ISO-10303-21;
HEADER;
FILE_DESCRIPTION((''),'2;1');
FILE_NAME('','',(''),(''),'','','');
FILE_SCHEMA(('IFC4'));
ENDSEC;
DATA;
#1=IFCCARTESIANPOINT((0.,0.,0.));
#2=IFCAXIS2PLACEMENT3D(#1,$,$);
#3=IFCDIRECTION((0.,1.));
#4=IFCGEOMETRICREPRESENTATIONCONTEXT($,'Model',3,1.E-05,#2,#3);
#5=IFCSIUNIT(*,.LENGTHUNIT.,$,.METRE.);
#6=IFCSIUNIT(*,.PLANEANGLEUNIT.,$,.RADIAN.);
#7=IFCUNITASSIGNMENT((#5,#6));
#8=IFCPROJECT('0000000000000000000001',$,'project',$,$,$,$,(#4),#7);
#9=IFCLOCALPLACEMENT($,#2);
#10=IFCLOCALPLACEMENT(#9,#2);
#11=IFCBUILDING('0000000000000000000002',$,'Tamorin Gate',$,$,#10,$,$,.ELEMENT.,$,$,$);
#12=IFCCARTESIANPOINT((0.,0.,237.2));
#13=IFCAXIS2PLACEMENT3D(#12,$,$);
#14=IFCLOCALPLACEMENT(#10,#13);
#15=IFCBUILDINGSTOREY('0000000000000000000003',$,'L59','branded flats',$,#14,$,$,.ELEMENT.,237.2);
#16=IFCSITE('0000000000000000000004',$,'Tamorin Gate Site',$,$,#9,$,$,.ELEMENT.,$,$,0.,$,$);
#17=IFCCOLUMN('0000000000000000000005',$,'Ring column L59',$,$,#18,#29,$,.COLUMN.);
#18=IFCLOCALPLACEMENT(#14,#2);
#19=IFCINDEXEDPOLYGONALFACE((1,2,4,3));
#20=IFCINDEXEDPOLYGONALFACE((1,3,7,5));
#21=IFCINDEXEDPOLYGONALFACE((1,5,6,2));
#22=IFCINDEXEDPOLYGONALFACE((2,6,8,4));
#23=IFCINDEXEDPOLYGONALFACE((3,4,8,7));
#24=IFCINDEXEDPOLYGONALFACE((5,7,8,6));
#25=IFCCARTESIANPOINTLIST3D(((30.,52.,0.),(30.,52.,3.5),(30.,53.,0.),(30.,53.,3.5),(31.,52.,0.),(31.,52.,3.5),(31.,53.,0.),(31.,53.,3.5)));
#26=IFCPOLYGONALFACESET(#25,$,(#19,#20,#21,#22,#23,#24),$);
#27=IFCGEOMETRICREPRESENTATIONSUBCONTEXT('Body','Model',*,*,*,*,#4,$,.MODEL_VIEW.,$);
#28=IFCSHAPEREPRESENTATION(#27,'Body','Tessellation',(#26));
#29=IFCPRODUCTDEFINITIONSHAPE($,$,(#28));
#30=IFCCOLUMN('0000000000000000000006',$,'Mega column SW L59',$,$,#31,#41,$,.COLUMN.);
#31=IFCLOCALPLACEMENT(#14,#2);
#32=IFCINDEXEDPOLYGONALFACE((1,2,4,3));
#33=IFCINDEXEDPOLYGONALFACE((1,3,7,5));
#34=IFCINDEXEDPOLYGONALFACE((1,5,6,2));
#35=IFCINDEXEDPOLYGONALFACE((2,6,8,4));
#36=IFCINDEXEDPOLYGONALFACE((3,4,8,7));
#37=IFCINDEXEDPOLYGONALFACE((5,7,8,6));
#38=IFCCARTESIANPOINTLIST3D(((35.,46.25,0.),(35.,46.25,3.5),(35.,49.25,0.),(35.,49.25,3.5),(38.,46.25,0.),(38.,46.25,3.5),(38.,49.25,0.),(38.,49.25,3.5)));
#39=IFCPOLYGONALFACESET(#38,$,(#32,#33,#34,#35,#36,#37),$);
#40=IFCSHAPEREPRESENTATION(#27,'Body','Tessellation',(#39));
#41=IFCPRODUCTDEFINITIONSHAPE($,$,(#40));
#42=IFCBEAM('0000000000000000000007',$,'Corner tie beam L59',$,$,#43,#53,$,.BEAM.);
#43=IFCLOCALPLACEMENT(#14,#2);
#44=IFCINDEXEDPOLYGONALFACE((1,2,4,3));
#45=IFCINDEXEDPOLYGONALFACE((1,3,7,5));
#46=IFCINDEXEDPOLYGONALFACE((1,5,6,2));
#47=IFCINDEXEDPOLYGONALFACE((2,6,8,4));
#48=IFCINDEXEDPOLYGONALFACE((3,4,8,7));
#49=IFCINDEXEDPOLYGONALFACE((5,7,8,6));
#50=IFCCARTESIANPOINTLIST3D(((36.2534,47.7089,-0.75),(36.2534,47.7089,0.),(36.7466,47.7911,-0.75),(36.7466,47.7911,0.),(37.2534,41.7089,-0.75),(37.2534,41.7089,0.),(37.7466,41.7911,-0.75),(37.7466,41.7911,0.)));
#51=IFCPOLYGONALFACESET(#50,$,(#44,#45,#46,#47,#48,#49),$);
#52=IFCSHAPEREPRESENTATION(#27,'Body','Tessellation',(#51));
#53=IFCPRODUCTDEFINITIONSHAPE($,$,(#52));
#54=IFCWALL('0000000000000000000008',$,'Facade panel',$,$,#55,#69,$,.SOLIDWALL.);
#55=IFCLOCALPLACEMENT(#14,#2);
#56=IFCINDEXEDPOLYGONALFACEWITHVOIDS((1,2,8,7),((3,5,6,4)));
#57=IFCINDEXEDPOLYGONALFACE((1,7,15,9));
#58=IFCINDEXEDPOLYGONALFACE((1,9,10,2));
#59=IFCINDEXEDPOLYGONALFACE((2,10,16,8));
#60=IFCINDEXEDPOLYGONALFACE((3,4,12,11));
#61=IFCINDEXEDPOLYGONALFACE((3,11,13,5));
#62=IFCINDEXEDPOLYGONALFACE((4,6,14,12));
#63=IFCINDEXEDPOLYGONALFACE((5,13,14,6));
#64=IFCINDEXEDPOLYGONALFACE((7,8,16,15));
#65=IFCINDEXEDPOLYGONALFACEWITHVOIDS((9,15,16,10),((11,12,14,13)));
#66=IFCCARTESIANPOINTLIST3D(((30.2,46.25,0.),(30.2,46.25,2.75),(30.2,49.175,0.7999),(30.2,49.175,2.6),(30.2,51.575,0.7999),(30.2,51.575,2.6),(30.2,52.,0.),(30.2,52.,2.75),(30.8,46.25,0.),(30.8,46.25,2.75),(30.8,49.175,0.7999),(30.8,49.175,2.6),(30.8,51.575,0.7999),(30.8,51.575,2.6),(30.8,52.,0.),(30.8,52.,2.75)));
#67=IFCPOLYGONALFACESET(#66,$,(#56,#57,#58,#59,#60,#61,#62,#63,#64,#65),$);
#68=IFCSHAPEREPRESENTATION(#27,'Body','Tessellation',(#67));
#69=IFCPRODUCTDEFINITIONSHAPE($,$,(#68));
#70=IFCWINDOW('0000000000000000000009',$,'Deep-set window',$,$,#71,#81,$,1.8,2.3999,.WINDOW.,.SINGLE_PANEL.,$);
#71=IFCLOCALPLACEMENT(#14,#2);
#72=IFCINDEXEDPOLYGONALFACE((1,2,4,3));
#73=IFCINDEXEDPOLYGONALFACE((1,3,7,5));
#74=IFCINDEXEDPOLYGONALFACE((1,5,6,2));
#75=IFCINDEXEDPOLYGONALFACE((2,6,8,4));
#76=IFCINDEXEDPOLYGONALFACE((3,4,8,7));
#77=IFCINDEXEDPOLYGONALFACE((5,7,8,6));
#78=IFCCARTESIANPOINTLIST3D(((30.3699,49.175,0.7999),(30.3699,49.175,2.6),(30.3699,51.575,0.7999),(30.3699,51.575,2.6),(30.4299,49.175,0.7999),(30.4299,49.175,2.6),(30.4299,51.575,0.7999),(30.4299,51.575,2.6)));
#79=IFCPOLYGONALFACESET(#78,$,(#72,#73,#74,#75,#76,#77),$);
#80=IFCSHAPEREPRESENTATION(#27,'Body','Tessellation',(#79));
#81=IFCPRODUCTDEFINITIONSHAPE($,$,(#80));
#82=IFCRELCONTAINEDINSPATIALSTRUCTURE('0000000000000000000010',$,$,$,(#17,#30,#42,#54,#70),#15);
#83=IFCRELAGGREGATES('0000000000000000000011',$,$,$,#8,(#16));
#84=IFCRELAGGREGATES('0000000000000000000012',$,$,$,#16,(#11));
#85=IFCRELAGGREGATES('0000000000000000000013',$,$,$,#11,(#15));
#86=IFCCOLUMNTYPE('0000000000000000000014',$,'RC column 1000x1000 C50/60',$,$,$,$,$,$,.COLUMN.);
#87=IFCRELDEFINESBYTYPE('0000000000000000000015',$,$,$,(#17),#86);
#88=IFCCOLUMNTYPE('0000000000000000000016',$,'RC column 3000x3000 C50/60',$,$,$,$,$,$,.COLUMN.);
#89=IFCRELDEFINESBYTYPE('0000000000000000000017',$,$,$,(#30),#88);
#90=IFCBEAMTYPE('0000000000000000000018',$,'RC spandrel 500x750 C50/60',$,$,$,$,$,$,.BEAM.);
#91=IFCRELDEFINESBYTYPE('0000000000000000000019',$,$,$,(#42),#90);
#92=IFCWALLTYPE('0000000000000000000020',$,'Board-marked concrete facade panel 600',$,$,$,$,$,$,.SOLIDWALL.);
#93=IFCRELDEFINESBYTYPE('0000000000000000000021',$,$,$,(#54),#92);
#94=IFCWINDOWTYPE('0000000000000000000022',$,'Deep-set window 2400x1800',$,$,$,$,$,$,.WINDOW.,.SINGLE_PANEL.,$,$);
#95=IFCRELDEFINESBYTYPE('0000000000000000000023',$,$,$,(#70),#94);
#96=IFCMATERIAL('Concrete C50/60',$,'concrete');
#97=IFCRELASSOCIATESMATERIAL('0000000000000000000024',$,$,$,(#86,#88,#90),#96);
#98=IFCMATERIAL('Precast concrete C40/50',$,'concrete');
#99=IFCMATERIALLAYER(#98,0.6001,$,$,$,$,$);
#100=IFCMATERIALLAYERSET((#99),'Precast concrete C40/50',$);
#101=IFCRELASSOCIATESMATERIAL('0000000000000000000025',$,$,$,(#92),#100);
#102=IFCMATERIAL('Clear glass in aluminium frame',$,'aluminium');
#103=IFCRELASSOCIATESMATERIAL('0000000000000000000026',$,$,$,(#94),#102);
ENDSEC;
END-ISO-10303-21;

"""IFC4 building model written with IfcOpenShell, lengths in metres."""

from ifc_helpers import new_model, si_unit, direction, frame, frame_2d, origin, origin_2d, place, context, subcontext, project, spatial, rectangle, extrude, material, layer, layer_set, material_profile, profile_set, type_object, element, fill, save


model = new_model("IFC4")

# Units and contexts
model_context = context("Model", 3, precision=1e-05, world=origin(), true_north=direction((0.0, 1.0)))
body_context = subcontext(model_context, "Body", "Model", "MODEL_VIEW")
ifc_project = project(units=[si_unit("LENGTHUNIT", "METRE"), si_unit("PLANEANGLEUNIT", "RADIAN")], contexts=[model_context])

# Site, building, storey
site_placement = place(None, origin())
site = spatial("IfcSite", under=ifc_project, at=site_placement, Name="Tamorin Gate Site", CompositionType="ELEMENT", RefElevation=0.0)
building_placement = place(site_placement, origin())
building = spatial("IfcBuilding", under=site, at=building_placement, Name="Tamorin Gate", CompositionType="ELEMENT")
storey_placement = place(building_placement, frame((0.0, 0.0, 237.2)))
storey = spatial("IfcBuildingStorey", under=building, at=storey_placement, Name="L59", Description="branded flats", CompositionType="ELEMENT", Elevation=237.2)

# Columns
ifc_material_1 = material(Name="Concrete C50/60", Category="concrete")
ifc_material_profile_1 = material_profile(ifc_material_1, rectangle(XDim=1.0, YDim=1.0, at=origin_2d()), Name="RC 1000x1000")
ifc_profile_set_1 = profile_set([ifc_material_profile_1], Name="Concrete C50/60")
column_type_1 = type_object("IfcColumnType", Name="RC column 1000x1000 C50/60", PredefinedType="COLUMN", material=ifc_profile_set_1)
column_1_placement = place(storey_placement, frame((30.5, 52.5, 0.0), z_axis=(0.0, 0.0, 1.0), x_axis=(1.0, 0.0, 0.0)))
element("IfcColumn", 1, at=column_1_placement, inside=storey, type_object=column_type_1, Name="Ring column L59", PredefinedType="COLUMN", context=body_context, shape_type="SweptSolid", body=[
    extrude(rectangle(XDim=1.0, YDim=1.0, at=origin_2d()), origin(), (0.0, 0.0, 1.0), 3.5),
])
ifc_material_profile_2 = material_profile(ifc_material_1, rectangle(XDim=3.0, YDim=3.0, at=origin_2d()), Name="RC 3000x3000")
ifc_profile_set_2 = profile_set([ifc_material_profile_2], Name="Concrete C50/60")
column_type_2 = type_object("IfcColumnType", Name="RC column 3000x3000 C50/60", PredefinedType="COLUMN", material=ifc_profile_set_2)
column_2_placement = place(storey_placement, frame((36.5, 47.75, 0.0), z_axis=(0.0, 0.0, 1.0), x_axis=(1.0, 0.0, 0.0)))
element("IfcColumn", 2, at=column_2_placement, inside=storey, type_object=column_type_2, Name="Mega column SW L59", PredefinedType="COLUMN", context=body_context, shape_type="SweptSolid", body=[
    extrude(rectangle(XDim=3.0, YDim=3.0, at=origin_2d()), origin(), (0.0, 0.0, 1.0), 3.5),
])

# Beam
ifc_material_profile_3 = material_profile(ifc_material_1, rectangle(XDim=0.5, YDim=0.75, at=origin_2d()), Name="RC 500x750")
ifc_profile_set_3 = profile_set([ifc_material_profile_3], Name="Concrete C50/60")
beam_type = type_object("IfcBeamType", Name="RC spandrel 500x750 C50/60", PredefinedType="BEAM", material=ifc_profile_set_3)
beam_placement = place(storey_placement, frame((36.5, 47.75, -0.375), z_axis=(0.164399, -0.986394, 0.0), x_axis=(0.986394, 0.164399, 0.0)))
element("IfcBeam", 3, at=beam_placement, inside=storey, type_object=beam_type, Name="Corner tie beam L59", PredefinedType="BEAM", context=body_context, shape_type="SweptSolid", body=[
    extrude(rectangle(XDim=0.5, YDim=0.75, at=origin_2d()), origin(), (0.0, 0.0, 1.0), 6.0828),
])

# Wall, opening, window
ifc_material_2 = material(Name="Precast concrete C40/50", Category="concrete")
ifc_layer_1 = layer(ifc_material_2, 0.6001)
ifc_layer_set_1 = layer_set([ifc_layer_1], Name="Precast concrete C40/50")
wall_type_1 = type_object("IfcWallType", Name="Board-marked concrete facade panel 600", PredefinedType="SOLIDWALL", material=ifc_layer_set_1)
wall_1_placement = place(storey_placement, frame((30.5, 52.0, 0.0), z_axis=(0.0, 0.0, 1.0), x_axis=(0.0, -1.0, 0.0)))
wall_1 = element("IfcWall", 4, at=wall_1_placement, inside=storey, type_object=wall_type_1, Name="Facade panel", PredefinedType="SOLIDWALL", context=body_context, shape_type="SweptSolid", body=[
    extrude(rectangle(XDim=5.75, YDim=0.6001, at=frame_2d((2.875, 0.0))), origin(), (0.0, 0.0, 1.0), 2.75),
])
opening_1_placement = place(wall_1_placement, frame((0.425, 0.0, 0.8)))
opening_1 = element("IfcOpeningElement", 5, at=opening_1_placement, cuts=wall_1, PredefinedType="OPENING", context=body_context, shape_type="SweptSolid", body=[
    extrude(rectangle(XDim=2.3999, YDim=1.8, at=frame_2d((1.2, 0.8999))), frame((0.0, 0.3101, 0.0), z_axis=(0.0, -1.0, 0.0), x_axis=(1.0, 0.0, 0.0)), (0.0, 0.0, 1.0), 0.6201),
])
ifc_material_3 = material(Name="Clear glass in aluminium frame", Category="aluminium")
window_type = type_object("IfcWindowType", Name="Deep-set window 2400x1800", PartitioningType="SINGLE_PANEL", PredefinedType="WINDOW", material=ifc_material_3)
window_placement = place(opening_1_placement, origin())
window = element("IfcWindow", 6, at=window_placement, inside=storey, type_object=window_type, Name="Deep-set window", OverallHeight=1.8, OverallWidth=2.3999, PartitioningType="SINGLE_PANEL", PredefinedType="WINDOW", context=body_context, shape_type="SweptSolid", body=[
    extrude(rectangle(XDim=2.3999, YDim=1.8, at=frame_2d((1.2, 0.8999))), frame((0.0, -0.0701, 0.0), z_axis=(0.0, -1.0, 0.0), x_axis=(1.0, 0.0, 0.0)), (0.0, 0.0, 1.0), 0.0601),
])
fill(opening_1, window)

save(model, "model.ifc")
